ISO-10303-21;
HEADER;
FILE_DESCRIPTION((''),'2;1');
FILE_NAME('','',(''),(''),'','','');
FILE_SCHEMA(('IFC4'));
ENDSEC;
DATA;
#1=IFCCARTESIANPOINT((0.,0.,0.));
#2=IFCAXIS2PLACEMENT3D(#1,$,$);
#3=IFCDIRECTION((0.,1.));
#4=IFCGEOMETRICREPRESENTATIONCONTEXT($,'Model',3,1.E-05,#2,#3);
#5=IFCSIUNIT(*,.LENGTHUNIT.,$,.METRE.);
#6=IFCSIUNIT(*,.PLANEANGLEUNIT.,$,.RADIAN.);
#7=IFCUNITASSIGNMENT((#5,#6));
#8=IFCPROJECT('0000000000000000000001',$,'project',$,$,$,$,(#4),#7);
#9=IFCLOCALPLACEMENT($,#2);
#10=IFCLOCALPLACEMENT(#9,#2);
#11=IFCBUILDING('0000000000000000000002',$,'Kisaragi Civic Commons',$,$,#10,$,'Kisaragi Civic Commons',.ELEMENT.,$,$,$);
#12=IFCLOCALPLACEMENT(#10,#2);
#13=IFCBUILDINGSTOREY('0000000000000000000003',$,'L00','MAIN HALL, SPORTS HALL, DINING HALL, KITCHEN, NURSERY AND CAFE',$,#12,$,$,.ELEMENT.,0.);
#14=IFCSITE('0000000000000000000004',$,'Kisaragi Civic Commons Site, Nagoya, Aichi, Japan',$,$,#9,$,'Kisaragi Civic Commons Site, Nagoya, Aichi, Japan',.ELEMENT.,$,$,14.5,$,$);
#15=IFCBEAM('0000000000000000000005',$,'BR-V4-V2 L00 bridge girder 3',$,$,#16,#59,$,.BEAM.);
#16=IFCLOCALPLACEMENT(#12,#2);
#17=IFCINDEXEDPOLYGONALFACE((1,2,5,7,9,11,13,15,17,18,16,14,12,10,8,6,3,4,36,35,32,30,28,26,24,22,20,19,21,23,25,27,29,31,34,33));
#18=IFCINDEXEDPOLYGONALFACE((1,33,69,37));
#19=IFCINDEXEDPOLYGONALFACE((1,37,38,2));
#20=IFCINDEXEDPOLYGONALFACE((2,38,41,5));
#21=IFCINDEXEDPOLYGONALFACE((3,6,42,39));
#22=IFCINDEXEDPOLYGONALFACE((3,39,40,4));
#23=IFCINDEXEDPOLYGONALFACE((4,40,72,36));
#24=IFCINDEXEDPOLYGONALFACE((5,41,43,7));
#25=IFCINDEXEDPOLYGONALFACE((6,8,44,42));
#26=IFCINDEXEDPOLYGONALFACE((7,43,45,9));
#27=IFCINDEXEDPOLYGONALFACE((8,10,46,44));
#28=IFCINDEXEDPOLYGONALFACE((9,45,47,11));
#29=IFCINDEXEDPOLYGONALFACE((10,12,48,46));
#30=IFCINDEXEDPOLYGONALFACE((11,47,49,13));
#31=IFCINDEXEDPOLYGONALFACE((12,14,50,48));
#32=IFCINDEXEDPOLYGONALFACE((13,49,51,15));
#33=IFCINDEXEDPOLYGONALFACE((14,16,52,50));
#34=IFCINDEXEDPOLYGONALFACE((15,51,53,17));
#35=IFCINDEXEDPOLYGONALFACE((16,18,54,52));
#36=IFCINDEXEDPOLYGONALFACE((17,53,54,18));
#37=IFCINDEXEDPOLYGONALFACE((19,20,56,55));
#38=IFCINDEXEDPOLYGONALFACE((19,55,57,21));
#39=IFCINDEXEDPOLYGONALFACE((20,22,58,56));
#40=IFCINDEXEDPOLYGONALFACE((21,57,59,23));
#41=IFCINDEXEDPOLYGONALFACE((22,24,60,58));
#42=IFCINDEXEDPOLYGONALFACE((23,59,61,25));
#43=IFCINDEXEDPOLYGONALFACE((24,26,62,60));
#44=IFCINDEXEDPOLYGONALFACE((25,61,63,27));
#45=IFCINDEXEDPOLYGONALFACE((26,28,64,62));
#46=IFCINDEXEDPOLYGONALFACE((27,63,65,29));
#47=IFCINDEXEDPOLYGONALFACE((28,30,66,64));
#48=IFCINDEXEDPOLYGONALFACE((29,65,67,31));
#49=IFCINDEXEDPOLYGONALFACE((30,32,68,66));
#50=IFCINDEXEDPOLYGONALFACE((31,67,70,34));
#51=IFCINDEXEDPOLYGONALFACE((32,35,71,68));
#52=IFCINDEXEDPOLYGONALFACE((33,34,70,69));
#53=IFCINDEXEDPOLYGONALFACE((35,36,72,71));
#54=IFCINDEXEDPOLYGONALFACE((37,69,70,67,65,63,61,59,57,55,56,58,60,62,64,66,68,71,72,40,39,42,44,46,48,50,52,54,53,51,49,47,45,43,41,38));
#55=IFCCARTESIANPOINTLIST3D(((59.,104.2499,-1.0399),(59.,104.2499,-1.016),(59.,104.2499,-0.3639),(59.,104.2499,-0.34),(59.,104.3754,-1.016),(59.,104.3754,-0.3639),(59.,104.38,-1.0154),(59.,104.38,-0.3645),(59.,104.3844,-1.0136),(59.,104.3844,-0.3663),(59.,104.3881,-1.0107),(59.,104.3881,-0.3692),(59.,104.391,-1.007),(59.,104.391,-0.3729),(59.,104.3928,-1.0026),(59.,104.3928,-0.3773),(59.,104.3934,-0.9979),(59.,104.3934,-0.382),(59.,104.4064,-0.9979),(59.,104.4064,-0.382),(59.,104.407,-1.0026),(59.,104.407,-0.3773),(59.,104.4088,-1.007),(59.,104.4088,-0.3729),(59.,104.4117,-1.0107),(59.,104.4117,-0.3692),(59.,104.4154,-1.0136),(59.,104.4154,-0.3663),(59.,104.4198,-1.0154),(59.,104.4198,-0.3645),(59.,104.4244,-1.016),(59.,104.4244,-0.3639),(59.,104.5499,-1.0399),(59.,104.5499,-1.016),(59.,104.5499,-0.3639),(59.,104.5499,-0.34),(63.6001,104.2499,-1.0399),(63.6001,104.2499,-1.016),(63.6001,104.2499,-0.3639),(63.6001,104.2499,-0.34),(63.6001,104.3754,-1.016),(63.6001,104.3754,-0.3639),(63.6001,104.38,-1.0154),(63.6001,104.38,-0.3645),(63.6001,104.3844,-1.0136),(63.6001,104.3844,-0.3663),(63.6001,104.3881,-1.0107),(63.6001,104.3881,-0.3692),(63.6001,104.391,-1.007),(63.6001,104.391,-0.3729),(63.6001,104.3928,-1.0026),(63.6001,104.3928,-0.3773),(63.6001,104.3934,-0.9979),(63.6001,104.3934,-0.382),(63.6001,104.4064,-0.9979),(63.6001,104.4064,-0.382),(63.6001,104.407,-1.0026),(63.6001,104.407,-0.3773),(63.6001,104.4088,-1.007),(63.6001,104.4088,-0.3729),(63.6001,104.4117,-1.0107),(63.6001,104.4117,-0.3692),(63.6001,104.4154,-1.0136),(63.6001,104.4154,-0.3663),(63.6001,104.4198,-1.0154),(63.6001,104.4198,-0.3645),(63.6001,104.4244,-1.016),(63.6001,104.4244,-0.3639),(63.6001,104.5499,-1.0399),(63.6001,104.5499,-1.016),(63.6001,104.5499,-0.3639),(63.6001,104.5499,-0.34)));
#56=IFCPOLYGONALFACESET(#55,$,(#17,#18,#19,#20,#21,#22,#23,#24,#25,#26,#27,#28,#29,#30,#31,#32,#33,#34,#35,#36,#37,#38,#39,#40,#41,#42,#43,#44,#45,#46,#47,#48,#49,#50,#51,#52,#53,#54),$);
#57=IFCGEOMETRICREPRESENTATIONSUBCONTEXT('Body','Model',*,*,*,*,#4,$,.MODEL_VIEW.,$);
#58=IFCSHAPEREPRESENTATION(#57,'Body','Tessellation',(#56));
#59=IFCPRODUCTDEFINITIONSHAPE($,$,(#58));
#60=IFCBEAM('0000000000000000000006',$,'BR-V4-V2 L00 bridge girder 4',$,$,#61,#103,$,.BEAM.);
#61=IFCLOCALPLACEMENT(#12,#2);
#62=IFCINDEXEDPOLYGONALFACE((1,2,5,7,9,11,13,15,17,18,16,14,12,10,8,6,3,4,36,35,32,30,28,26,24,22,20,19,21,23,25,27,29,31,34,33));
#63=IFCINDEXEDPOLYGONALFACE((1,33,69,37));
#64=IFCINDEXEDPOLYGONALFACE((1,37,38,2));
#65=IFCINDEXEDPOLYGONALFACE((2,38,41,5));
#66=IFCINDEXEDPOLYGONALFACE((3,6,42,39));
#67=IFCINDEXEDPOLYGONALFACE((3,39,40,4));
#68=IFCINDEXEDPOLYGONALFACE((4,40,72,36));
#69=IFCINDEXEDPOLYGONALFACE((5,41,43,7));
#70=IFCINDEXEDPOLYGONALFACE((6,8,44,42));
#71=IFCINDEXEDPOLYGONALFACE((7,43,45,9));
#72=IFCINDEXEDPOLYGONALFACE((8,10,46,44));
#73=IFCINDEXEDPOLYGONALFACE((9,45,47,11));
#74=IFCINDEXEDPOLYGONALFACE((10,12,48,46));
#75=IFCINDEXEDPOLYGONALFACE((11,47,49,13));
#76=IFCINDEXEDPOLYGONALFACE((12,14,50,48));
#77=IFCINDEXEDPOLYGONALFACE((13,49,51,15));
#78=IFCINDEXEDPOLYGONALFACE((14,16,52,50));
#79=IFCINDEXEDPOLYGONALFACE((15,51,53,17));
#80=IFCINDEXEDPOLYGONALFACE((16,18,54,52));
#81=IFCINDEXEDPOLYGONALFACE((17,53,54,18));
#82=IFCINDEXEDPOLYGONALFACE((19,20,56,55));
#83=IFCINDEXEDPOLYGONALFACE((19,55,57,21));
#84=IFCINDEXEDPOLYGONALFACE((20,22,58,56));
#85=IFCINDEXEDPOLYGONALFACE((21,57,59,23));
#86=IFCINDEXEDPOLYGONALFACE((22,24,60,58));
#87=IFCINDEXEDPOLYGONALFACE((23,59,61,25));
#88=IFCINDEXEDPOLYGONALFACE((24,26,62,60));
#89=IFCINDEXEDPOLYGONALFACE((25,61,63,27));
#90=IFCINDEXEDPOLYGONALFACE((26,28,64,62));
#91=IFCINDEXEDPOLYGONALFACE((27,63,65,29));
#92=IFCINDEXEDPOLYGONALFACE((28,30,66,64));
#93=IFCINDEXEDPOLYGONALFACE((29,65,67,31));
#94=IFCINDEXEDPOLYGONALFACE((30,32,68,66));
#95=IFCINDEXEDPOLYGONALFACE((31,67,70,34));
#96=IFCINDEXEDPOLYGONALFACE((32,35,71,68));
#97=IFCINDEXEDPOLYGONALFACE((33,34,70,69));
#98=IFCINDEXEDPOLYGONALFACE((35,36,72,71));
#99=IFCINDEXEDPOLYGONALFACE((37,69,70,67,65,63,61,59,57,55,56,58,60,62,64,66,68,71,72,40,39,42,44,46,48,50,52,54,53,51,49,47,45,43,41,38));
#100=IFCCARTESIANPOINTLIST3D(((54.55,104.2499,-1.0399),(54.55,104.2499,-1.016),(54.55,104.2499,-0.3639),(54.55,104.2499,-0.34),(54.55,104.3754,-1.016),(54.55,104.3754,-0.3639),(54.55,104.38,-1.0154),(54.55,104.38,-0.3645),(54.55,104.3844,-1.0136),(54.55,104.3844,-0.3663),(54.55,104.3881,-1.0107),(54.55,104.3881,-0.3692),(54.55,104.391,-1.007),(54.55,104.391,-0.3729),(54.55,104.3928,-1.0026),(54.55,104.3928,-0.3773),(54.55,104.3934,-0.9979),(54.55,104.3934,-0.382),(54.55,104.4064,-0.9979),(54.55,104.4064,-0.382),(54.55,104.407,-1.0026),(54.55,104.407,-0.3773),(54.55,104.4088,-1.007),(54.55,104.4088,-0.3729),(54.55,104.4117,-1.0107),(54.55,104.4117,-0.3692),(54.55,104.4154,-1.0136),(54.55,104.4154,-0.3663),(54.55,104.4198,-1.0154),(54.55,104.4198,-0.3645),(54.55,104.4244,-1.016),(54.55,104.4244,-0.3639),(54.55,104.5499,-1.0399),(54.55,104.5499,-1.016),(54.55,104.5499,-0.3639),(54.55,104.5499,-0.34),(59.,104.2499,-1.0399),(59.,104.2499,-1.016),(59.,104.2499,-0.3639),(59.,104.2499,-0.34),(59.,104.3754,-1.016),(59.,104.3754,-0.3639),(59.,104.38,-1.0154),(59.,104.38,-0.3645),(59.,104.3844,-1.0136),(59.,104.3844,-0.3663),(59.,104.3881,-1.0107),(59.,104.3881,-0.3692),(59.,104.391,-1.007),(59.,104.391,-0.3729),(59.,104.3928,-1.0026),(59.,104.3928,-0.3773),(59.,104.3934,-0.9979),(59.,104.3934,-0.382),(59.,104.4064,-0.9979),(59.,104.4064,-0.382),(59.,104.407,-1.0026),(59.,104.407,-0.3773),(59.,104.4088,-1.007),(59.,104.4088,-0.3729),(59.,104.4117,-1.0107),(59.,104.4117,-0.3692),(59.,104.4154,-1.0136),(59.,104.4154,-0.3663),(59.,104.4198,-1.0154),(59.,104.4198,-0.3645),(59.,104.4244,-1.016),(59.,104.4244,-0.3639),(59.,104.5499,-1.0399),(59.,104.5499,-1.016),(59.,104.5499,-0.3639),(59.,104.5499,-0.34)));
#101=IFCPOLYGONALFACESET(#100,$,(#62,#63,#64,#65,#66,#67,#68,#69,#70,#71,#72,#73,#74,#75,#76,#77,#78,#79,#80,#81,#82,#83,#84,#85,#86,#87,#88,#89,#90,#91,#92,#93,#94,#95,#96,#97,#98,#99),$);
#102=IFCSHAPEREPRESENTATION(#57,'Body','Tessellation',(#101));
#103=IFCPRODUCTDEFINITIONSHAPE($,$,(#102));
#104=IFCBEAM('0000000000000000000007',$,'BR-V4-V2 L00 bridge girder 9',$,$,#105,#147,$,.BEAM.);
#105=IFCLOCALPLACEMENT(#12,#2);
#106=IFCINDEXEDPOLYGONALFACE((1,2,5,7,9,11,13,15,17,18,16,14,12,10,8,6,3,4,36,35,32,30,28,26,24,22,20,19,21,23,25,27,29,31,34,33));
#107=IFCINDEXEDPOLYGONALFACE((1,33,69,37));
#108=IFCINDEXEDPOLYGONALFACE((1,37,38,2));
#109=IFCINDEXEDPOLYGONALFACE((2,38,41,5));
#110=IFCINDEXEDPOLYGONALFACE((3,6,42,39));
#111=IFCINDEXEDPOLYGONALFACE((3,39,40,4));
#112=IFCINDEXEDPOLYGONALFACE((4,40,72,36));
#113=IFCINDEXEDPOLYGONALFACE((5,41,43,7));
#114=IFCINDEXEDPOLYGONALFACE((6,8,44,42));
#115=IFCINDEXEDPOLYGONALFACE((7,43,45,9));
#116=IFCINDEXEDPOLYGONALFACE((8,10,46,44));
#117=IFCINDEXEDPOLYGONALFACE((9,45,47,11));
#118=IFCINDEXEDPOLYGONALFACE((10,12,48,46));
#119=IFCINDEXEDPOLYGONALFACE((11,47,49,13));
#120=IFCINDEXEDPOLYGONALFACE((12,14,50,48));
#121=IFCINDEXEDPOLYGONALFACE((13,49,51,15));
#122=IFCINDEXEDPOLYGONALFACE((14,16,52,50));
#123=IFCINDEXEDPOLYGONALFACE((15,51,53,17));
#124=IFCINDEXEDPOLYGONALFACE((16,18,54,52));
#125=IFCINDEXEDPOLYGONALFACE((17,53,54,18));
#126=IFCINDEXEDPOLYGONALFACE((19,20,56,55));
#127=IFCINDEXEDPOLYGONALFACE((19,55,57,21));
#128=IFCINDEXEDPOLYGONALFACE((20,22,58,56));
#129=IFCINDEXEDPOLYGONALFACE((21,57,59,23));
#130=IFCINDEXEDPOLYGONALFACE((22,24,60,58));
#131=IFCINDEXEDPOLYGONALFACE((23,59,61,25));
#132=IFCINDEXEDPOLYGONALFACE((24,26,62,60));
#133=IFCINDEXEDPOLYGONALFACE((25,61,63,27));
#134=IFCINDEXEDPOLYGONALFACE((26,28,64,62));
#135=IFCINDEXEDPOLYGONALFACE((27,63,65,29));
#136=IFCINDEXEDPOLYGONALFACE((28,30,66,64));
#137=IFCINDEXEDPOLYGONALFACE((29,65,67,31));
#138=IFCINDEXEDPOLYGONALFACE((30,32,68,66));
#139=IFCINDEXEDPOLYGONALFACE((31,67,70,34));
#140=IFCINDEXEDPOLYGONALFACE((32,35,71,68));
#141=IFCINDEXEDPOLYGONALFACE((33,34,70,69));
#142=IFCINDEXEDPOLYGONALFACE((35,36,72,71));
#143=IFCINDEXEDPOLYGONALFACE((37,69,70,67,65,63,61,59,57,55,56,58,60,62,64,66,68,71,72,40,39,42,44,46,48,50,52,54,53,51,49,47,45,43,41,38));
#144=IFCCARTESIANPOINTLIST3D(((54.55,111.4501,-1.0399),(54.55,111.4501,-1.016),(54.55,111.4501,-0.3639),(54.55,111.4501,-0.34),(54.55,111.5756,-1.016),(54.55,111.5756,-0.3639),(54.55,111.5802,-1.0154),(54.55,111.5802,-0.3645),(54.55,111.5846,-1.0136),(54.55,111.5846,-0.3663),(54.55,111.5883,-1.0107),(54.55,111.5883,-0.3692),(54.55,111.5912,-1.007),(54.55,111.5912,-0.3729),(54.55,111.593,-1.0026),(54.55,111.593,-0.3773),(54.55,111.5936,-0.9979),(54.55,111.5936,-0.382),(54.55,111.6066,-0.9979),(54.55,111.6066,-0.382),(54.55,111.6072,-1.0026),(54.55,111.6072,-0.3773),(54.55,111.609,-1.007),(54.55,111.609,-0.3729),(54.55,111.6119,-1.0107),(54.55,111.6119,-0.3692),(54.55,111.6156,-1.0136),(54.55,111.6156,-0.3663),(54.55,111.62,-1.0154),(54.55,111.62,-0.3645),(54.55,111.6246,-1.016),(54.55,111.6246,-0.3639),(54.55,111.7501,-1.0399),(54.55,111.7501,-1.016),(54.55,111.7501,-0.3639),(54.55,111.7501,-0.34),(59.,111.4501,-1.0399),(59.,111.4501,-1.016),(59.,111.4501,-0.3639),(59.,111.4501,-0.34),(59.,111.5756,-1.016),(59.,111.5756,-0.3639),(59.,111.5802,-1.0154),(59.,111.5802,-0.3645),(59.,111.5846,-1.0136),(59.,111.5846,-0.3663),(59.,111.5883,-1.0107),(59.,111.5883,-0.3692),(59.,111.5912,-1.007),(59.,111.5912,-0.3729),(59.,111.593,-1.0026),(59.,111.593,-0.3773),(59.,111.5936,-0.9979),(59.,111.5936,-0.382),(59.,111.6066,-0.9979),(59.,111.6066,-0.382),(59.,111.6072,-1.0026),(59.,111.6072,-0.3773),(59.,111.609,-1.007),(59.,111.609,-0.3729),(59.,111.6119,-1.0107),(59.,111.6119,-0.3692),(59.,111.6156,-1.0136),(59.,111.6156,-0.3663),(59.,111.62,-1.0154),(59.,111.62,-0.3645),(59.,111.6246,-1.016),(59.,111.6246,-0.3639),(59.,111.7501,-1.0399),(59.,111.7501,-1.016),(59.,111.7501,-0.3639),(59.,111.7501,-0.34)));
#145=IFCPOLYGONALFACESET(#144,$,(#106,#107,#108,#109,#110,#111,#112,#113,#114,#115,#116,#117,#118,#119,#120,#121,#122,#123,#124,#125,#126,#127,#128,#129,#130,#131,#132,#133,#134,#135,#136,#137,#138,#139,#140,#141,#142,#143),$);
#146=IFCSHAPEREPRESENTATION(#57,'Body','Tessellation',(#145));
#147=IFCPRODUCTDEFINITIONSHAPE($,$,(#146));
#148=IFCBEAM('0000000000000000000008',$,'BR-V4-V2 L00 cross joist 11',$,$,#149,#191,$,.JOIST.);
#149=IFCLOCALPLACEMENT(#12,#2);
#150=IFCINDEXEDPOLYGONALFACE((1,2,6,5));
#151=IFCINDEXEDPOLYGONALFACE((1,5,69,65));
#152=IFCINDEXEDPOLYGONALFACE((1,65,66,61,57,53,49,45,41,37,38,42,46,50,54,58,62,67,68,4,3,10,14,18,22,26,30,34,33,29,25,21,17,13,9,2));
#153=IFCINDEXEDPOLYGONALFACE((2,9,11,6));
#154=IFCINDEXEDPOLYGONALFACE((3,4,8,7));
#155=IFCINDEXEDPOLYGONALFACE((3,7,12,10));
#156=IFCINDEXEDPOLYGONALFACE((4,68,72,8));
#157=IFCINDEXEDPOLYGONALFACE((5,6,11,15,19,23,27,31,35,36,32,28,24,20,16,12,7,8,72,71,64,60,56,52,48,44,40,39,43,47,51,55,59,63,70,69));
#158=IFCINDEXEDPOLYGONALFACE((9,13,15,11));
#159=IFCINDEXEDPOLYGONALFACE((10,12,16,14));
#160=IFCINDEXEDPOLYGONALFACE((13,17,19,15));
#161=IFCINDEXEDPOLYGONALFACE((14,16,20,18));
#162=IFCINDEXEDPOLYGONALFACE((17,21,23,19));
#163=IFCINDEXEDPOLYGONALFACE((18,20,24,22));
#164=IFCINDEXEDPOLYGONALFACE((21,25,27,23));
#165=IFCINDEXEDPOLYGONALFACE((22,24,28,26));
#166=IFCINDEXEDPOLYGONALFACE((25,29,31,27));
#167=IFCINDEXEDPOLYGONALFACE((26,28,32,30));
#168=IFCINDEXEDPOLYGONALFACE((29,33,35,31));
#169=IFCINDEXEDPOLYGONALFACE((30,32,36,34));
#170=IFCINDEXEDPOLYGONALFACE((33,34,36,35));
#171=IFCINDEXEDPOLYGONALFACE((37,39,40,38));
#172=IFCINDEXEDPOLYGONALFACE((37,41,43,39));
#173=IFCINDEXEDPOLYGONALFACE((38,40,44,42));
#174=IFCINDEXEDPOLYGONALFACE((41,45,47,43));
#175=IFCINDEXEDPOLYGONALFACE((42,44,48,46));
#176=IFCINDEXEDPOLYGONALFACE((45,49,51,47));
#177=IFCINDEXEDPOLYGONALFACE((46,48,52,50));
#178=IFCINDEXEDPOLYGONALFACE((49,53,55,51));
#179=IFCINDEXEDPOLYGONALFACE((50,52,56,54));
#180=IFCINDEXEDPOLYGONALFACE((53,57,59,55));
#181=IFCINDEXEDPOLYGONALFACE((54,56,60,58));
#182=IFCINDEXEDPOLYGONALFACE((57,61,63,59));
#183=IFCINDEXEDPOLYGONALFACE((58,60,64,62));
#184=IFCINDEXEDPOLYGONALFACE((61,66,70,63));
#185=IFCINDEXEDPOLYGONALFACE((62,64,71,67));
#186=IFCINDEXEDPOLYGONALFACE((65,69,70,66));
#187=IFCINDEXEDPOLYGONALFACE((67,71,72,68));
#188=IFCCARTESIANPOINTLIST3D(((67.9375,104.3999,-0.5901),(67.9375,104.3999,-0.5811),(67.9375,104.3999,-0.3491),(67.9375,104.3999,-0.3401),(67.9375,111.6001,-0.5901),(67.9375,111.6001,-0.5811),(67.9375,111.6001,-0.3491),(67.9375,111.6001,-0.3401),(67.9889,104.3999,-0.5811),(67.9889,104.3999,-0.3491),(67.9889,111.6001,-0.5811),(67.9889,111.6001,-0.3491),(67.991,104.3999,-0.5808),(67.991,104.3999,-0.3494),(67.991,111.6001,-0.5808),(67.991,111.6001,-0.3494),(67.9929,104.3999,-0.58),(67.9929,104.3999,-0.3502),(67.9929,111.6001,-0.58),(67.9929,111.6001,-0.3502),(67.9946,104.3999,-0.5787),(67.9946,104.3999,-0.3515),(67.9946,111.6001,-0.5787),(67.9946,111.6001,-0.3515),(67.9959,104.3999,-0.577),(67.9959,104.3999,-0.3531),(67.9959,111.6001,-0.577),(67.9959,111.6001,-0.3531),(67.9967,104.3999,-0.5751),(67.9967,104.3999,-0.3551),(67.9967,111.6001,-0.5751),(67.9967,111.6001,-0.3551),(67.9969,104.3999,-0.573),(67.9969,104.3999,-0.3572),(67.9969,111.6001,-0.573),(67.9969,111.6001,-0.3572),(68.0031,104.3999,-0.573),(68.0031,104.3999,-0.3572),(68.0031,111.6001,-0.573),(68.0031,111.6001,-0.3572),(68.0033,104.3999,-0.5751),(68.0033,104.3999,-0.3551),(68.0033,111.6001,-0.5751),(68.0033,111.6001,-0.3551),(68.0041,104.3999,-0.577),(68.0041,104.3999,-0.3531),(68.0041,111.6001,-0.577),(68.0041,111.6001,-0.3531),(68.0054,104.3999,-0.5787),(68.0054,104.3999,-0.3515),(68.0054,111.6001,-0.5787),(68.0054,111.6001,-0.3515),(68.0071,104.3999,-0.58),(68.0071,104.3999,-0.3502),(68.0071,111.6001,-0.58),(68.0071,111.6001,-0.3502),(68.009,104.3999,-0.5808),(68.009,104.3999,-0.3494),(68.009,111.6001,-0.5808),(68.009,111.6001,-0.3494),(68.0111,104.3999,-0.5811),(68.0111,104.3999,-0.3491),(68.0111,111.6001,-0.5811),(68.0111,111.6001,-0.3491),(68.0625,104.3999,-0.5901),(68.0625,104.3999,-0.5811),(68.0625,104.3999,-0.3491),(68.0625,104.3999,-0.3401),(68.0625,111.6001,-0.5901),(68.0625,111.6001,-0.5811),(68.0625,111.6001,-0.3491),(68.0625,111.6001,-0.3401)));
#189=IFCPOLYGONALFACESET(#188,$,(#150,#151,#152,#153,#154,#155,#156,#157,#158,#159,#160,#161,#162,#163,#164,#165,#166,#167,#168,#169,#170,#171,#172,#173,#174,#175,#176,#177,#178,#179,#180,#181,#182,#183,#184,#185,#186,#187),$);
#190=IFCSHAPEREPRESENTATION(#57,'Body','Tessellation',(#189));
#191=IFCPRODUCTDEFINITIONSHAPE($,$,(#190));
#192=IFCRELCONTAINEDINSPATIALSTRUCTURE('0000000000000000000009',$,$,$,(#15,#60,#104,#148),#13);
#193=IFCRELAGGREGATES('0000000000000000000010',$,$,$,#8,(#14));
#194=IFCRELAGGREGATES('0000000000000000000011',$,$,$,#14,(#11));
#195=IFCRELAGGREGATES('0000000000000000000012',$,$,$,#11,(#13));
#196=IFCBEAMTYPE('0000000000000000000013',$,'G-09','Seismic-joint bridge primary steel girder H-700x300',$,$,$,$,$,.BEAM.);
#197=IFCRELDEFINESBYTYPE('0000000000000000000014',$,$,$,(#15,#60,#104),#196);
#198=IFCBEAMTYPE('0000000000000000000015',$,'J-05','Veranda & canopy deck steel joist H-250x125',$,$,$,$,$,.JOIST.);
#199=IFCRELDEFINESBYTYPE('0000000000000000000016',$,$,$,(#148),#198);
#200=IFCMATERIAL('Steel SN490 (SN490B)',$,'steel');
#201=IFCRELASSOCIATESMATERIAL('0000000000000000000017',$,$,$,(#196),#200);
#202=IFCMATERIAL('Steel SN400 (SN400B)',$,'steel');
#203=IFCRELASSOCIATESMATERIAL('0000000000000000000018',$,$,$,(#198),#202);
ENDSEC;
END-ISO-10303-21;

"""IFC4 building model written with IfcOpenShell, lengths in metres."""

from ifc_helpers import new_model, si_unit, direction, frame, origin, origin_2d, place, context, subcontext, project, spatial, i_section, extrude, material, material_profile, profile_set, type_object, element, save


model = new_model("IFC4")

# Units and contexts
model_context = context("Model", 3, precision=1e-05, world=origin(), true_north=direction((0.0, 1.0)))
body_context = subcontext(model_context, "Body", "Model", "MODEL_VIEW")
ifc_project = project(units=[si_unit("LENGTHUNIT", "METRE"), si_unit("PLANEANGLEUNIT", "RADIAN")], contexts=[model_context])

# Site, building, storey
site_placement = place(None, origin())
site = spatial("IfcSite", under=ifc_project, at=site_placement, Name="Kisaragi Civic Commons Site, Nagoya, Aichi, Japan", LongName="Kisaragi Civic Commons Site, Nagoya, Aichi, Japan", CompositionType="ELEMENT", RefElevation=14.5)
building_placement = place(site_placement, origin())
building = spatial("IfcBuilding", under=site, at=building_placement, Name="Kisaragi Civic Commons", LongName="Kisaragi Civic Commons", CompositionType="ELEMENT")
storey_placement = place(building_placement, origin())
storey = spatial("IfcBuildingStorey", under=building, at=storey_placement, Name="L00", Description="MAIN HALL, SPORTS HALL, DINING HALL, KITCHEN, NURSERY AND CAFE", CompositionType="ELEMENT", Elevation=0.0)

# Beams
ifc_material_1 = material(Name="Steel SN490 (SN490B)", Category="steel")
ifc_material_profile_1 = material_profile(ifc_material_1, i_section(OverallWidth=0.3, OverallDepth=0.7, WebThickness=0.0129, FlangeThickness=0.0239, FilletRadius=0.0181, at=origin_2d()), Name="H-700x300x13x24", Category="steel")
ifc_profile_set_1 = profile_set([ifc_material_profile_1], Name="Steel SN490 (SN490B)")
beam_type_1 = type_object("IfcBeamType", Name="G-09", Description="Seismic-joint bridge primary steel girder H-700x300", PredefinedType="BEAM", material=ifc_profile_set_1)
beam_1_placement = place(storey_placement, frame((63.6001, 104.3999, -0.6899), z_axis=(-1.0, 0.0, 0.0), x_axis=(0.0, -1.0, 0.0)))
element("IfcBeam", 1, at=beam_1_placement, inside=storey, type_object=beam_type_1, Name="BR-V4-V2 L00 bridge girder 3", PredefinedType="BEAM", context=body_context, shape_type="SweptSolid", body=[
    extrude(i_section(OverallWidth=0.3, OverallDepth=0.7, WebThickness=0.0129, FlangeThickness=0.0239, FilletRadius=0.0181, at=origin_2d()), origin(), (0.0, 0.0, 1.0), 4.6001),
])
for number, where, z_axis, x_axis, name in (
    (2, (59.0, 104.3999, -0.6899), (-1.0, 0.0, 0.0), (0.0, -1.0, 0.0), "BR-V4-V2 L00 bridge girder 4"),
    (3, (59.0, 111.6001, -0.6899), (-1.0, 0.0, 0.0), (0.0, -1.0, 0.0), "BR-V4-V2 L00 bridge girder 9"),
):
    element("IfcBeam", number, at=place(storey_placement, frame(where, z_axis=z_axis, x_axis=x_axis)), inside=storey, type_object=beam_type_1, Name=name, PredefinedType="BEAM", context=body_context, shape_type="SweptSolid", body=[
        extrude(i_section(OverallWidth=0.3, OverallDepth=0.7, WebThickness=0.0129, FlangeThickness=0.0239, FilletRadius=0.0181, at=origin_2d()), origin(), (0.0, 0.0, 1.0), 4.45),
    ])
ifc_material_2 = material(Name="Steel SN400 (SN400B)", Category="steel")
ifc_material_profile_2 = material_profile(ifc_material_2, i_section(OverallWidth=0.125, OverallDepth=0.25, WebThickness=0.0061, FlangeThickness=0.009, FilletRadius=0.0081, at=origin_2d()), Name="H-250x125x6x9", Category="steel")
ifc_profile_set_2 = profile_set([ifc_material_profile_2], Name="Steel SN400 (SN400B)")
beam_type_2 = type_object("IfcBeamType", Name="J-05", Description="Veranda & canopy deck steel joist H-250x125", PredefinedType="JOIST", material=ifc_profile_set_2)
for number, where, z_axis, x_axis, name in (
    (4, (68.0, 104.3999, -0.4651), (0.0, 1.0, 0.0), (-1.0, 0.0, 0.0), "BR-V4-V2 L00 cross joist 11"),
):
    element("IfcBeam", number, at=place(storey_placement, frame(where, z_axis=z_axis, x_axis=x_axis)), inside=storey, type_object=beam_type_2, Name=name, PredefinedType="JOIST", context=body_context, shape_type="SweptSolid", body=[
        extrude(i_section(OverallWidth=0.125, OverallDepth=0.25, WebThickness=0.0061, FlangeThickness=0.009, FilletRadius=0.0081, at=origin_2d()), origin(), (0.0, 0.0, 1.0), 7.2002),
    ])

save(model, "model.ifc")
